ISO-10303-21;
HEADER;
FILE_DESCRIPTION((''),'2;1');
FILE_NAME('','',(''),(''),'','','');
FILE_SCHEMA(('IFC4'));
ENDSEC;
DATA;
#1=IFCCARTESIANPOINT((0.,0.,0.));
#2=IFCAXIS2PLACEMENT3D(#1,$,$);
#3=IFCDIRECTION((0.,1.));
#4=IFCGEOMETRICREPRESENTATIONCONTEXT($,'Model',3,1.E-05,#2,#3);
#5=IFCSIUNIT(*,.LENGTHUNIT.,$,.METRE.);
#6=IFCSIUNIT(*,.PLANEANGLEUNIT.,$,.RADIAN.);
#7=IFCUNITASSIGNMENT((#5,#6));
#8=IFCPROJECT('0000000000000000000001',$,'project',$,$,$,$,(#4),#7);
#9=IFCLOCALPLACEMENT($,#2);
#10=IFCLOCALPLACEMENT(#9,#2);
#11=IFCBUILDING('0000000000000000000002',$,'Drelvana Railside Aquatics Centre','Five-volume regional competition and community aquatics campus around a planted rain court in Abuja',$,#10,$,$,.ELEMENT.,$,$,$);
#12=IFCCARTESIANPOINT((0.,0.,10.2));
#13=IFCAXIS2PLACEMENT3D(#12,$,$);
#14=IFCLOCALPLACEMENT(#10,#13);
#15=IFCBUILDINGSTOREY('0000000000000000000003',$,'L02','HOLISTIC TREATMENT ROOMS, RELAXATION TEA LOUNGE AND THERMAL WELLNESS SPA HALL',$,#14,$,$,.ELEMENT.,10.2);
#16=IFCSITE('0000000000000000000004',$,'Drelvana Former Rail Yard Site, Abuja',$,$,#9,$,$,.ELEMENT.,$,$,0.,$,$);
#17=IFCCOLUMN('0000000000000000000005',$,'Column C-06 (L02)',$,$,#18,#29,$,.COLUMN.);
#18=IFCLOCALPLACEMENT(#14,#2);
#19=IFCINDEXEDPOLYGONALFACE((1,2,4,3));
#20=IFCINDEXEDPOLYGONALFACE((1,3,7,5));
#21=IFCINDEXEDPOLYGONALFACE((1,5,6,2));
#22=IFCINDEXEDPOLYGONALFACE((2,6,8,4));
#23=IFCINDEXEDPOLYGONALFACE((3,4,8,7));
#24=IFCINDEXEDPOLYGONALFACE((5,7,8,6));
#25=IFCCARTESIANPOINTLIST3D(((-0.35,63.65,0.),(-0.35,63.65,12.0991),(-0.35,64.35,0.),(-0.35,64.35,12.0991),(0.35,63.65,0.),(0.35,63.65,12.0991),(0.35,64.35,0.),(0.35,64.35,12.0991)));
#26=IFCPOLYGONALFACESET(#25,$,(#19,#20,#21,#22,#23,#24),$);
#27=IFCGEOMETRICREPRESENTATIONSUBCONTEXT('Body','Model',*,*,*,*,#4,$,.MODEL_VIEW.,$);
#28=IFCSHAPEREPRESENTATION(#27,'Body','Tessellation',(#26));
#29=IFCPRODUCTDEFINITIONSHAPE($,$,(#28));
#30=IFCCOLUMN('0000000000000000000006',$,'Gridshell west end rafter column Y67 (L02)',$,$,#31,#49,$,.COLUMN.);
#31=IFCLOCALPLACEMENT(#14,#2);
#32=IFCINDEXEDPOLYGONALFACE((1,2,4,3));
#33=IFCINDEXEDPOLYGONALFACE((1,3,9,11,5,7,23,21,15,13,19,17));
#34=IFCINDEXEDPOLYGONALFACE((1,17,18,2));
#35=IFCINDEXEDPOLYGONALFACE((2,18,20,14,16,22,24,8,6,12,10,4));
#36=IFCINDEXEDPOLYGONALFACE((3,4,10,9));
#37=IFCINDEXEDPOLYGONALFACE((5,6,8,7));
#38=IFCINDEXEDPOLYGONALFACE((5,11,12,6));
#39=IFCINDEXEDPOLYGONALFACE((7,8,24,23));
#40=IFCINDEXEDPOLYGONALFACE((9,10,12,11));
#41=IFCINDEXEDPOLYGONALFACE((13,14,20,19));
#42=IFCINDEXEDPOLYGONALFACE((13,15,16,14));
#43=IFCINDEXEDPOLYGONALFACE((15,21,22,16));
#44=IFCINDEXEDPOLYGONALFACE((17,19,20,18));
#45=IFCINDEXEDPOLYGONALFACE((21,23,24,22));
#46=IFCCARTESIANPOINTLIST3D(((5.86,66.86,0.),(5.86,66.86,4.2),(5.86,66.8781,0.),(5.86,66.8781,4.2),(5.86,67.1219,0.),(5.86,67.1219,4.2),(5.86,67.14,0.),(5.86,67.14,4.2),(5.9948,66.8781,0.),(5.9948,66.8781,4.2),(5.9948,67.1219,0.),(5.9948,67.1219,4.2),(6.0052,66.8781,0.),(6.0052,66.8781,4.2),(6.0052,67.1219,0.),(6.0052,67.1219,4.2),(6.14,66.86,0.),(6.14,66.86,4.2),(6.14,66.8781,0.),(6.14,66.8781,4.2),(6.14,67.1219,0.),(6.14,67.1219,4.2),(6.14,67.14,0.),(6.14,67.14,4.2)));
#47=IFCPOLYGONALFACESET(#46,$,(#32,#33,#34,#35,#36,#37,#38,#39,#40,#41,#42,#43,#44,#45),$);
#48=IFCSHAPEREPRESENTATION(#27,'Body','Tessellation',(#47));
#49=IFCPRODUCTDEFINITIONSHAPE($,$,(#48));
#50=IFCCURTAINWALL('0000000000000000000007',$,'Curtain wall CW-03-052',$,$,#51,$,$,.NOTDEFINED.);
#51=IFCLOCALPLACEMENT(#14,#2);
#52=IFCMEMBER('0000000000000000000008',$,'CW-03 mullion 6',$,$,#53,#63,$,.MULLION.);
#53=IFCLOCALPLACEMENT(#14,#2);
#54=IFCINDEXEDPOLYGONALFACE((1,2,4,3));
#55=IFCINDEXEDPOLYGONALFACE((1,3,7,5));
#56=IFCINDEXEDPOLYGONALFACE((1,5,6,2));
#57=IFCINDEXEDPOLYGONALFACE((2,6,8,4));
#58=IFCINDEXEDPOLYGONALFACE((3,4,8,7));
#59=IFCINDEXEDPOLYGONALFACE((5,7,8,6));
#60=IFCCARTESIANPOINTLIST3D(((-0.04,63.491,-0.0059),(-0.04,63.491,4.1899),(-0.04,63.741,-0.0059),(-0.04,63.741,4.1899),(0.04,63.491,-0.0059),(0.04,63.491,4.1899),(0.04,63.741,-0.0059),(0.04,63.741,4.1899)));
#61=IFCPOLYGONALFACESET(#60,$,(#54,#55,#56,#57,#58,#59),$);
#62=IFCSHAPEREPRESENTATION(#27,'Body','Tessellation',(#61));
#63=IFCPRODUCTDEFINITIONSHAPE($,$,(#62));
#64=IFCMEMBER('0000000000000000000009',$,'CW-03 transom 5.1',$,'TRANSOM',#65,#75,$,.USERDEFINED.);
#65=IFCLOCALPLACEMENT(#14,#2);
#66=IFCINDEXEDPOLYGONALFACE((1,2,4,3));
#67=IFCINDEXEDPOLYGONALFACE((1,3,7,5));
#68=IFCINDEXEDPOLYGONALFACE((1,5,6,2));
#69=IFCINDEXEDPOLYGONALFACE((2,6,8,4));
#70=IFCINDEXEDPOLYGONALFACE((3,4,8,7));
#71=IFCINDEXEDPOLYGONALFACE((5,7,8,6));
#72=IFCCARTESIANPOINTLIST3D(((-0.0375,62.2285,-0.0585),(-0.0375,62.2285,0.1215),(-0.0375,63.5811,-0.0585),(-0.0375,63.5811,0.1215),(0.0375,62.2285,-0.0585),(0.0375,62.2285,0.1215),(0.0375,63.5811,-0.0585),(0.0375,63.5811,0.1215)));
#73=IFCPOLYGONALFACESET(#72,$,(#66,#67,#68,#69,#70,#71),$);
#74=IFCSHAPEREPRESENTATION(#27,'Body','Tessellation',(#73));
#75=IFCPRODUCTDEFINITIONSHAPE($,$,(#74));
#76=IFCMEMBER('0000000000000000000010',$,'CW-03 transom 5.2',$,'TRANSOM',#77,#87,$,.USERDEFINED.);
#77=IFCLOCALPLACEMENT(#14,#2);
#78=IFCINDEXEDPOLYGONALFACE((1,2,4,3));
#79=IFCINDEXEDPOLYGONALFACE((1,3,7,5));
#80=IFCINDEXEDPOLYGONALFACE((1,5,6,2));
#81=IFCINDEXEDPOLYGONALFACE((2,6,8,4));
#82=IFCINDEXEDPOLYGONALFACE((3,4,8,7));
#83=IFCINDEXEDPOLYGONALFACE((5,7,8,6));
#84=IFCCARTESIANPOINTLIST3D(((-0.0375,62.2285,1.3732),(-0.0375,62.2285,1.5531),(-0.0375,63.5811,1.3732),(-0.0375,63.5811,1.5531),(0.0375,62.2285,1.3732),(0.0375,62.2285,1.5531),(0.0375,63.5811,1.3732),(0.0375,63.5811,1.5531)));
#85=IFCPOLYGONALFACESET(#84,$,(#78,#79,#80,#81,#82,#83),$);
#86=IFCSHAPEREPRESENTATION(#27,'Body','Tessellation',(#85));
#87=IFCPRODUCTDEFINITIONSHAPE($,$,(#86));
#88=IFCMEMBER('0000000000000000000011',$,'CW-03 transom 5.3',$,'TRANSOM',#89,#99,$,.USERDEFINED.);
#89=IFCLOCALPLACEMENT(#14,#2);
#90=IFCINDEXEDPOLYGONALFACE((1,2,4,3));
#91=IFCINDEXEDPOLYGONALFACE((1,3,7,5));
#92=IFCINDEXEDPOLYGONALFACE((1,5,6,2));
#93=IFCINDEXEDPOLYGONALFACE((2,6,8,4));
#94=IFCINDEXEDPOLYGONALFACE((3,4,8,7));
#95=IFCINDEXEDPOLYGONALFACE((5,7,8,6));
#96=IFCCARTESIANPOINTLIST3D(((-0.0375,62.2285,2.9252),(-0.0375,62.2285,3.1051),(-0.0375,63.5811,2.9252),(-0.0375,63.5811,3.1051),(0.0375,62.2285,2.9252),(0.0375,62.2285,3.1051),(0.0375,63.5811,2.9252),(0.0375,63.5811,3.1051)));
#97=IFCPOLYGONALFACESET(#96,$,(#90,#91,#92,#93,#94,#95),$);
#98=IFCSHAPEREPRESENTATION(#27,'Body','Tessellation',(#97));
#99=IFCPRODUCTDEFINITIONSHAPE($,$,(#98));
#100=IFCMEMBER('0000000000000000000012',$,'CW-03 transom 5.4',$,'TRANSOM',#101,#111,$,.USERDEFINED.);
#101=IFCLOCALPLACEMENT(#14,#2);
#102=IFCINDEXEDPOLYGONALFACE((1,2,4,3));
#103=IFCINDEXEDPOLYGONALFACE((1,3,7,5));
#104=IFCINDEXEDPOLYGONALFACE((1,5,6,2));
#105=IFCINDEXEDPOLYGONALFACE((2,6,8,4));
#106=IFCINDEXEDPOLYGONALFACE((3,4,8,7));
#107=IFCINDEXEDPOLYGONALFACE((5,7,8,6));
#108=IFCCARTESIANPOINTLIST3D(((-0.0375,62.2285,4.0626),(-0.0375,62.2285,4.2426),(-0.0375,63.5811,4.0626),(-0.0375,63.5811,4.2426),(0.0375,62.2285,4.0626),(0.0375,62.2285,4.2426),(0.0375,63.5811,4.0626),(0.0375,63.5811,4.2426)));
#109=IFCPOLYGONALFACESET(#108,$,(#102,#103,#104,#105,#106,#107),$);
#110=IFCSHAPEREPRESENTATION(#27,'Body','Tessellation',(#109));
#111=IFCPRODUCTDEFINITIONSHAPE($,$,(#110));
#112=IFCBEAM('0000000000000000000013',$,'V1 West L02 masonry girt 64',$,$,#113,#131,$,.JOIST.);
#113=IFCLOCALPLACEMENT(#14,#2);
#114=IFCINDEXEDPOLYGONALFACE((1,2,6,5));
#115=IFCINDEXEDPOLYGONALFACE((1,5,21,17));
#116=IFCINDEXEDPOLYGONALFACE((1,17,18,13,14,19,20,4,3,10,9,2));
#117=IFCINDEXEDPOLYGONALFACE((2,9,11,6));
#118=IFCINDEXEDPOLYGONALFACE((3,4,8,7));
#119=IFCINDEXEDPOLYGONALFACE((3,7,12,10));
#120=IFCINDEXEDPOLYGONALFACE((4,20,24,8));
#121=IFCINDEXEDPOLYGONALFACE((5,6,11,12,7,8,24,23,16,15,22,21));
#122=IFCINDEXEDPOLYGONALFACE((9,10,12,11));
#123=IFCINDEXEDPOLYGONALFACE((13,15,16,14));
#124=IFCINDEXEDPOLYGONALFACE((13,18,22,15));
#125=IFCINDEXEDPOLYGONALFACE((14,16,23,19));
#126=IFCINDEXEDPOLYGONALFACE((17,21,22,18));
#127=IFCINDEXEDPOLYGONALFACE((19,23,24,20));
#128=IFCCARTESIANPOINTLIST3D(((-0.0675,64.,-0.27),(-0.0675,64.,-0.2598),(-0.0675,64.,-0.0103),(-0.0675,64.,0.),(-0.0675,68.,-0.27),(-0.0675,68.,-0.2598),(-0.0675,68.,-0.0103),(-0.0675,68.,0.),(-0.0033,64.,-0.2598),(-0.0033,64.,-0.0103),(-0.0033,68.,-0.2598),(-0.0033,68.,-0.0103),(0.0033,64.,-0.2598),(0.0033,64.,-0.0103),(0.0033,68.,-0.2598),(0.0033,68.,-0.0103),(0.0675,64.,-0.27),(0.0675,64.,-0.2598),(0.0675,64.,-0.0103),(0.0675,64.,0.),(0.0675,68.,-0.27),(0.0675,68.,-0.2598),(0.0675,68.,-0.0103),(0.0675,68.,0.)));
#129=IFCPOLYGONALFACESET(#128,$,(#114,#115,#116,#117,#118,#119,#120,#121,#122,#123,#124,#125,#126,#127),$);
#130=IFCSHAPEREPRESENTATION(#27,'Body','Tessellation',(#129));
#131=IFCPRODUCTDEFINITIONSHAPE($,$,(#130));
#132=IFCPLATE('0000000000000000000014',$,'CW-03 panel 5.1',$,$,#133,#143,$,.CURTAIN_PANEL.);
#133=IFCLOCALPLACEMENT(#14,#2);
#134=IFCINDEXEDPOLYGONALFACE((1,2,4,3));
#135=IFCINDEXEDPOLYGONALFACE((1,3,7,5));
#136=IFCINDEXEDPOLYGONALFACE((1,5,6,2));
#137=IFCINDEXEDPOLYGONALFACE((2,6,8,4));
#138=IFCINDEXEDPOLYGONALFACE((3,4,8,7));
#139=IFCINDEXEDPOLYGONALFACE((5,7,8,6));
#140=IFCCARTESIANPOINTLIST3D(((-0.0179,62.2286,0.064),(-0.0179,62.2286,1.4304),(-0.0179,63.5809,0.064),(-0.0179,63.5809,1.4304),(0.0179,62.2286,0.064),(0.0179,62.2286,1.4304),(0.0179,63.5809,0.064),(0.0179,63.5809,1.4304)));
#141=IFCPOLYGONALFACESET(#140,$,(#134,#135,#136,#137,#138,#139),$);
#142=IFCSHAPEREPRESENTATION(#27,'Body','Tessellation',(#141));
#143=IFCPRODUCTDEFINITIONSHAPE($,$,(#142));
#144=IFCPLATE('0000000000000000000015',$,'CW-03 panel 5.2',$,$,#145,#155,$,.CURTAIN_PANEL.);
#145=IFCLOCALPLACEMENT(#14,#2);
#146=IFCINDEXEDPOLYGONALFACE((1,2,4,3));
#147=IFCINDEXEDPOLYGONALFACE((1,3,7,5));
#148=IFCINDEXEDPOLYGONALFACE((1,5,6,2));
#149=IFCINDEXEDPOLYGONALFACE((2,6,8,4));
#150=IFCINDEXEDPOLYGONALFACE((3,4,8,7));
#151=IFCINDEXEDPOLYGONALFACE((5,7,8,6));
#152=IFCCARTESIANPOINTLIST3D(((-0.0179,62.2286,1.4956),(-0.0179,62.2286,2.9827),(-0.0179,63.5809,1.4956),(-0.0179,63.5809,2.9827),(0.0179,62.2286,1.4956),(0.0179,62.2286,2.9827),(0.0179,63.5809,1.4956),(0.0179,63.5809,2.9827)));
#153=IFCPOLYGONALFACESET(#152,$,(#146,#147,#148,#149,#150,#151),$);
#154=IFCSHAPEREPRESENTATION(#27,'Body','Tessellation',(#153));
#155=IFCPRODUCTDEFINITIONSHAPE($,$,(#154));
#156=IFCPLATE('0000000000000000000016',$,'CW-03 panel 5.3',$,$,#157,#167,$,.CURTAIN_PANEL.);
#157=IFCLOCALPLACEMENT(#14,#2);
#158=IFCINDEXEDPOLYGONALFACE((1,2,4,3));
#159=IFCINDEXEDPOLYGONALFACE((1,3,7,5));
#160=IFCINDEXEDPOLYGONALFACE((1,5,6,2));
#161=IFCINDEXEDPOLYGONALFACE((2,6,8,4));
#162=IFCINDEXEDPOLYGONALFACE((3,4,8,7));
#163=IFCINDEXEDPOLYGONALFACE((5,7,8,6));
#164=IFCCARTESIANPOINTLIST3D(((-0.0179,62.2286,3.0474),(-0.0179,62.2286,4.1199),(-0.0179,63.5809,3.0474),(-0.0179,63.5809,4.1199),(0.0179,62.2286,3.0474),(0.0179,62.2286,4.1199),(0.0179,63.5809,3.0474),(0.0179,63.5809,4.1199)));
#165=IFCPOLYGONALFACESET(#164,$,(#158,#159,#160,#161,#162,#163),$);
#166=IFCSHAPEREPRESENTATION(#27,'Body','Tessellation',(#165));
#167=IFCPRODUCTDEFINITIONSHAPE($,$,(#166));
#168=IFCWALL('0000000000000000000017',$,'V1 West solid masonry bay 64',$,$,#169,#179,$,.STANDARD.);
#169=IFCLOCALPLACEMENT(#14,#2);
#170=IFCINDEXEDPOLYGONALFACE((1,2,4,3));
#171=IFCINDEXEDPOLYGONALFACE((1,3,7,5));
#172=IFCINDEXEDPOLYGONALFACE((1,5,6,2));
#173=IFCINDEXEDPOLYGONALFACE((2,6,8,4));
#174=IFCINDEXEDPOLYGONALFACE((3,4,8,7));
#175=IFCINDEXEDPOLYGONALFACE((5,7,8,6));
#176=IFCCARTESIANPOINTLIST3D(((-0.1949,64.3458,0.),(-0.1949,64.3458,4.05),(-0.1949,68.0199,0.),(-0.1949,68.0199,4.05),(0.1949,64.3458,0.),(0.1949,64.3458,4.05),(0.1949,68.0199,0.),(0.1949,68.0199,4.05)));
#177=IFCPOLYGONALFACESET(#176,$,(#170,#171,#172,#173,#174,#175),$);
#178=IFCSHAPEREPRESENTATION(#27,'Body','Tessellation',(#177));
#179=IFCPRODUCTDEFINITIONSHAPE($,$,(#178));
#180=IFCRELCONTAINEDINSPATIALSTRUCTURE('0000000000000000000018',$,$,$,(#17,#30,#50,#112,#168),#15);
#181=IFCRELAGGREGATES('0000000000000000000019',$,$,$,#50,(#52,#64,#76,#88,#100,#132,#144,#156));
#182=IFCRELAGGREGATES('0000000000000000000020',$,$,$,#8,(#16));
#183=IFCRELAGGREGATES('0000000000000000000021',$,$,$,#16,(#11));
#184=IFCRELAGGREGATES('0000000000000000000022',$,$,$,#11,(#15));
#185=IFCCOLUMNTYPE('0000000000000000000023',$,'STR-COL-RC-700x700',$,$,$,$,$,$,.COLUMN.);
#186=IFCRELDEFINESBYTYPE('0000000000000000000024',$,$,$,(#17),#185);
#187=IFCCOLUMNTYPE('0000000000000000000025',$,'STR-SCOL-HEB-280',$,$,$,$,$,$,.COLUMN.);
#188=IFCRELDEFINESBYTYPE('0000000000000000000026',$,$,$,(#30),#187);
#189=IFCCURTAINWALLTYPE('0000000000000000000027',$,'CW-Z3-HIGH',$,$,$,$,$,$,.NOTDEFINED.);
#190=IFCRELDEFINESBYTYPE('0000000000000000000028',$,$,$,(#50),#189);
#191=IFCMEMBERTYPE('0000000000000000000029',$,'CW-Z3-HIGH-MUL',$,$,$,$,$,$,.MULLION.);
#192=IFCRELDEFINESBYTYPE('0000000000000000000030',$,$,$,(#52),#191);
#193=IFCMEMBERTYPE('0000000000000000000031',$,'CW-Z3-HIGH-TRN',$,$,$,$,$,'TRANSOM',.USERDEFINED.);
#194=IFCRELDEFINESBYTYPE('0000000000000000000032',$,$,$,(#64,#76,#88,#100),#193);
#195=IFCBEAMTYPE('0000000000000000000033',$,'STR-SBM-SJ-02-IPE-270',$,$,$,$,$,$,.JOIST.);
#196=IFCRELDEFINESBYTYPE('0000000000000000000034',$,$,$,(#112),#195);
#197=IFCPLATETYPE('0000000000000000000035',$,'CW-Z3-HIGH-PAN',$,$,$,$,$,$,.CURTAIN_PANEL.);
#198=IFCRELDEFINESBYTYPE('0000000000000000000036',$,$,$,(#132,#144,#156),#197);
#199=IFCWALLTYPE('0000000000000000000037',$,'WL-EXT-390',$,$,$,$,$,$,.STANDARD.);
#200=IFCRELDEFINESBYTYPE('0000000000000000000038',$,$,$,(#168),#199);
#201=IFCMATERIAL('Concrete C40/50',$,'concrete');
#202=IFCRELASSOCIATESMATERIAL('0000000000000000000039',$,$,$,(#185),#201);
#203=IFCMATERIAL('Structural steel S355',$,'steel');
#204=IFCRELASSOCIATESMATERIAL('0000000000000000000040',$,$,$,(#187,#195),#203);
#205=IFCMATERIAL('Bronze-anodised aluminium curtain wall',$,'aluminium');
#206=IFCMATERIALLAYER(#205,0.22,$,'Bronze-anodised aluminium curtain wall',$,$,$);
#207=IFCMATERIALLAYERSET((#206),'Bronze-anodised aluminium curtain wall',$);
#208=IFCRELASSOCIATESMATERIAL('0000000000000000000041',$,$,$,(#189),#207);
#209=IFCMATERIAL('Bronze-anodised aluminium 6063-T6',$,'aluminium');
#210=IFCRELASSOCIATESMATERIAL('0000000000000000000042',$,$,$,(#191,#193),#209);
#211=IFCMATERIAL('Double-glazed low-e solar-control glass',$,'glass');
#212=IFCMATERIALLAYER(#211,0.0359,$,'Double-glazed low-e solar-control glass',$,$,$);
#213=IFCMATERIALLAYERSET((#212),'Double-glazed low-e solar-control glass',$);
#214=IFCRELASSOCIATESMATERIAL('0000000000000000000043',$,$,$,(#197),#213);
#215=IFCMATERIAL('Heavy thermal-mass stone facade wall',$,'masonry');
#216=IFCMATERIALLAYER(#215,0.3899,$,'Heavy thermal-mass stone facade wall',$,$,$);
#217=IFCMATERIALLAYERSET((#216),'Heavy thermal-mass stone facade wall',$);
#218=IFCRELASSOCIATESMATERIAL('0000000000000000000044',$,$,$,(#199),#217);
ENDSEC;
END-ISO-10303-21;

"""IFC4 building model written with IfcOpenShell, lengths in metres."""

from ifc_helpers import new_model, si_unit, direction, frame, frame_2d, origin, origin_2d, place, context, subcontext, project, spatial, rectangle, i_section, extrude, material, layer, layer_set, material_profile, profile_set, type_object, element, aggregate, save


model = new_model("IFC4")

# Units and contexts
model_context = context("Model", 3, precision=1e-05, world=origin(), true_north=direction((0.0, 1.0)))
body_context = subcontext(model_context, "Body", "Model", "MODEL_VIEW")
ifc_project = project(units=[si_unit("LENGTHUNIT", "METRE"), si_unit("PLANEANGLEUNIT", "RADIAN")], contexts=[model_context])

# Site, building, storey
site_placement = place(None, origin())
site = spatial("IfcSite", under=ifc_project, at=site_placement, Name="Drelvana Former Rail Yard Site, Abuja", CompositionType="ELEMENT", RefElevation=0.0)
building_placement = place(site_placement, origin())
building = spatial("IfcBuilding", under=site, at=building_placement, Name="Drelvana Railside Aquatics Centre", Description="Five-volume regional competition and community aquatics campus around a planted rain court in Abuja", CompositionType="ELEMENT")
storey_placement = place(building_placement, frame((0.0, 0.0, 10.2)))
storey = spatial("IfcBuildingStorey", under=building, at=storey_placement, Name="L02", Description="HOLISTIC TREATMENT ROOMS, RELAXATION TEA LOUNGE AND THERMAL WELLNESS SPA HALL", CompositionType="ELEMENT", Elevation=10.2)

# Columns
ifc_material_1 = material(Name="Concrete C40/50", Category="concrete")
ifc_material_profile_1 = material_profile(ifc_material_1, rectangle(XDim=0.7, YDim=0.7, at=origin_2d()), Name="RC 700x700")
ifc_profile_set_1 = profile_set([ifc_material_profile_1], Name="Concrete C40/50")
column_type_1 = type_object("IfcColumnType", Name="STR-COL-RC-700x700", PredefinedType="COLUMN", material=ifc_profile_set_1)
column_1_placement = place(storey_placement, frame((0.0, 64.0, 0.0), z_axis=(0.0, 0.0, 1.0), x_axis=(1.0, 0.0, 0.0)))
element("IfcColumn", 1, at=column_1_placement, inside=storey, type_object=column_type_1, Name="Column C-06 (L02)", PredefinedType="COLUMN", context=body_context, shape_type="SweptSolid", body=[
    extrude(rectangle(XDim=0.7, YDim=0.7, at=origin_2d()), origin(), (0.0, 0.0, 1.0), 12.0991),
])
ifc_material_2 = material(Name="Structural steel S355", Category="steel")
ifc_material_profile_2 = material_profile(ifc_material_2, i_section(OverallWidth=0.28, OverallDepth=0.28, WebThickness=0.0105, FlangeThickness=0.0181, at=origin_2d()), Name="HEB 280")
ifc_profile_set_2 = profile_set([ifc_material_profile_2], Name="Structural steel S355")
column_type_2 = type_object("IfcColumnType", Name="STR-SCOL-HEB-280", PredefinedType="COLUMN", material=ifc_profile_set_2)
column_2_placement = place(storey_placement, frame((6.0, 67.0, 0.0), z_axis=(0.0, 0.0, 1.0), x_axis=(1.0, 0.0, 0.0)))
element("IfcColumn", 2, at=column_2_placement, inside=storey, type_object=column_type_2, Name="Gridshell west end rafter column Y67 (L02)", PredefinedType="COLUMN", context=body_context, shape_type="SweptSolid", body=[
    extrude(i_section(OverallWidth=0.28, OverallDepth=0.28, WebThickness=0.0105, FlangeThickness=0.0181, at=origin_2d()), origin(), (0.0, 0.0, 1.0), 4.2),
])

# Curtain wall, members
ifc_material_3 = material(Name="Bronze-anodised aluminium curtain wall", Category="aluminium")
ifc_layer_1 = layer(ifc_material_3, 0.22, Name="Bronze-anodised aluminium curtain wall")
ifc_layer_set_1 = layer_set([ifc_layer_1], Name="Bronze-anodised aluminium curtain wall")
curtain_wall_type = type_object("IfcCurtainWallType", Name="CW-Z3-HIGH", PredefinedType="NOTDEFINED", material=ifc_layer_set_1)
curtain_wall_placement = place(storey_placement, origin())
curtain_wall = element("IfcCurtainWall", 3, at=curtain_wall_placement, inside=storey, type_object=curtain_wall_type, Name="Curtain wall CW-03-052", PredefinedType="NOTDEFINED")
ifc_material_4 = material(Name="Bronze-anodised aluminium 6063-T6", Category="aluminium")
ifc_material_profile_3 = material_profile(ifc_material_4, rectangle(XDim=0.0801, YDim=0.25, at=origin_2d()), Name="ALU-M 80x250")
ifc_profile_set_3 = profile_set([ifc_material_profile_3], Name="Bronze-anodised aluminium 6063-T6")
member_type_1 = type_object("IfcMemberType", Name="CW-Z3-HIGH-MUL", PredefinedType="MULLION", material=ifc_profile_set_3)
member_1_placement = place(storey_placement, frame((0.0, 63.616, -0.0059), z_axis=(0.0, 0.0, 1.0), x_axis=(-1.0, 0.0, 0.0)))
member_1 = element("IfcMember", 4, at=member_1_placement, type_object=member_type_1, Name="CW-03 mullion 6", PredefinedType="MULLION", context=body_context, shape_type="SweptSolid", body=[
    extrude(rectangle(XDim=0.0801, YDim=0.25, at=origin_2d()), origin(), (0.0, 0.0, 1.0), 4.1958),
])
ifc_material_profile_4 = material_profile(ifc_material_4, rectangle(XDim=0.1799, YDim=0.075, at=origin_2d()), Name="ALU-T 75x180")
ifc_profile_set_4 = profile_set([ifc_material_profile_4], Name="Bronze-anodised aluminium 6063-T6")
member_type_2 = type_object("IfcMemberType", Name="CW-Z3-HIGH-TRN", ElementType="TRANSOM", PredefinedType="USERDEFINED", material=ifc_profile_set_4)
member_2_placement = place(storey_placement, frame((0.0, 62.2285, 0.0315), z_axis=(0.0, 1.0, 0.0), x_axis=(0.0, 0.0, 1.0)))
member_2 = element("IfcMember", 5, at=member_2_placement, type_object=member_type_2, Name="CW-03 transom 5.1", ObjectType="TRANSOM", PredefinedType="USERDEFINED", context=body_context, shape_type="SweptSolid", body=[
    extrude(rectangle(XDim=0.1799, YDim=0.075, at=origin_2d()), origin(), (0.0, 0.0, 1.0), 1.3525),
])
member_3_placement = place(storey_placement, frame((0.0, 62.2285, 1.4631), z_axis=(0.0, 1.0, 0.0), x_axis=(0.0, 0.0, 1.0)))
member_3 = element("IfcMember", 6, at=member_3_placement, type_object=member_type_2, Name="CW-03 transom 5.2", ObjectType="TRANSOM", PredefinedType="USERDEFINED", context=body_context, shape_type="SweptSolid", body=[
    extrude(rectangle(XDim=0.1799, YDim=0.075, at=origin_2d()), origin(), (0.0, 0.0, 1.0), 1.3525),
])
member_4_placement = place(storey_placement, frame((0.0, 62.2285, 3.0151), z_axis=(0.0, 1.0, 0.0), x_axis=(0.0, 0.0, 1.0)))
member_4 = element("IfcMember", 7, at=member_4_placement, type_object=member_type_2, Name="CW-03 transom 5.3", ObjectType="TRANSOM", PredefinedType="USERDEFINED", context=body_context, shape_type="SweptSolid", body=[
    extrude(rectangle(XDim=0.1799, YDim=0.075, at=origin_2d()), origin(), (0.0, 0.0, 1.0), 1.3525),
])
member_5_placement = place(storey_placement, frame((0.0, 62.2285, 4.1526), z_axis=(0.0, 1.0, 0.0), x_axis=(0.0, 0.0, 1.0)))
member_5 = element("IfcMember", 8, at=member_5_placement, type_object=member_type_2, Name="CW-03 transom 5.4", ObjectType="TRANSOM", PredefinedType="USERDEFINED", context=body_context, shape_type="SweptSolid", body=[
    extrude(rectangle(XDim=0.1799, YDim=0.075, at=origin_2d()), origin(), (0.0, 0.0, 1.0), 1.3525),
])

# Beam
ifc_material_profile_5 = material_profile(ifc_material_2, i_section(OverallWidth=0.135, OverallDepth=0.27, WebThickness=0.0066, FlangeThickness=0.0103, at=origin_2d()), Name="IPE 270")
ifc_profile_set_5 = profile_set([ifc_material_profile_5], Name="Structural steel S355")
beam_type = type_object("IfcBeamType", Name="STR-SBM-SJ-02-IPE-270", PredefinedType="JOIST", material=ifc_profile_set_5)
beam_placement = place(storey_placement, frame((0.0, 64.0, -0.135), z_axis=(0.0, 1.0, 0.0), x_axis=(-1.0, 0.0, 0.0)))
element("IfcBeam", 9, at=beam_placement, inside=storey, type_object=beam_type, Name="V1 West L02 masonry girt 64", PredefinedType="JOIST", context=body_context, shape_type="SweptSolid", body=[
    extrude(i_section(OverallWidth=0.135, OverallDepth=0.27, WebThickness=0.0066, FlangeThickness=0.0103, at=origin_2d()), origin(), (0.0, 0.0, 1.0), 4.0),
])

# Plates
ifc_material_5 = material(Name="Double-glazed low-e solar-control glass", Category="glass")
ifc_layer_2 = layer(ifc_material_5, 0.0359, Name="Double-glazed low-e solar-control glass")
ifc_layer_set_2 = layer_set([ifc_layer_2], Name="Double-glazed low-e solar-control glass")
plate_type = type_object("IfcPlateType", Name="CW-Z3-HIGH-PAN", PredefinedType="CURTAIN_PANEL", material=ifc_layer_set_2)
plate_1_placement = place(storey_placement, frame((0.0, 62.9048, 0.064), z_axis=(0.0, 0.0, 1.0), x_axis=(0.0, 1.0, 0.0)))
plate_1 = element("IfcPlate", 10, at=plate_1_placement, type_object=plate_type, Name="CW-03 panel 5.1", PredefinedType="CURTAIN_PANEL", context=body_context, shape_type="SweptSolid", body=[
    extrude(rectangle(XDim=1.3523, YDim=0.0359, at=origin_2d()), origin(), (0.0, 0.0, 1.0), 1.3665),
])
plate_2_placement = place(storey_placement, frame((0.0, 62.9048, 1.4956), z_axis=(0.0, 0.0, 1.0), x_axis=(0.0, 1.0, 0.0)))
plate_2 = element("IfcPlate", 11, at=plate_2_placement, type_object=plate_type, Name="CW-03 panel 5.2", PredefinedType="CURTAIN_PANEL", context=body_context, shape_type="SweptSolid", body=[
    extrude(rectangle(XDim=1.3523, YDim=0.0359, at=origin_2d()), origin(), (0.0, 0.0, 1.0), 1.4871),
])
plate_3_placement = place(storey_placement, frame((0.0, 62.9048, 3.0474), z_axis=(0.0, 0.0, 1.0), x_axis=(0.0, 1.0, 0.0)))
plate_3 = element("IfcPlate", 12, at=plate_3_placement, type_object=plate_type, Name="CW-03 panel 5.3", PredefinedType="CURTAIN_PANEL", context=body_context, shape_type="SweptSolid", body=[
    extrude(rectangle(XDim=1.3523, YDim=0.0359, at=origin_2d()), origin(), (0.0, 0.0, 1.0), 1.0725),
])
aggregate(curtain_wall, [member_1, member_2, member_3, member_4, member_5, plate_1, plate_2, plate_3])

# Wall
ifc_material_6 = material(Name="Heavy thermal-mass stone facade wall", Category="masonry")
ifc_layer_3 = layer(ifc_material_6, 0.3899, Name="Heavy thermal-mass stone facade wall")
ifc_layer_set_3 = layer_set([ifc_layer_3], Name="Heavy thermal-mass stone facade wall")
wall_type = type_object("IfcWallType", Name="WL-EXT-390", PredefinedType="STANDARD", material=ifc_layer_set_3)
wall_placement = place(storey_placement, frame((0.0, 64.3459, 0.0), z_axis=(0.0, 0.0, 1.0), x_axis=(0.0, 1.0, 0.0)))
element("IfcWall", 13, at=wall_placement, inside=storey, type_object=wall_type, Name="V1 West solid masonry bay 64", PredefinedType="STANDARD", context=body_context, shape_type="SweptSolid", body=[
    extrude(rectangle(XDim=3.6741, YDim=0.3899, at=frame_2d((1.8369, 0.0))), origin(), (0.0, 0.0, 1.0), 4.05),
])

save(model, "model.ifc")
